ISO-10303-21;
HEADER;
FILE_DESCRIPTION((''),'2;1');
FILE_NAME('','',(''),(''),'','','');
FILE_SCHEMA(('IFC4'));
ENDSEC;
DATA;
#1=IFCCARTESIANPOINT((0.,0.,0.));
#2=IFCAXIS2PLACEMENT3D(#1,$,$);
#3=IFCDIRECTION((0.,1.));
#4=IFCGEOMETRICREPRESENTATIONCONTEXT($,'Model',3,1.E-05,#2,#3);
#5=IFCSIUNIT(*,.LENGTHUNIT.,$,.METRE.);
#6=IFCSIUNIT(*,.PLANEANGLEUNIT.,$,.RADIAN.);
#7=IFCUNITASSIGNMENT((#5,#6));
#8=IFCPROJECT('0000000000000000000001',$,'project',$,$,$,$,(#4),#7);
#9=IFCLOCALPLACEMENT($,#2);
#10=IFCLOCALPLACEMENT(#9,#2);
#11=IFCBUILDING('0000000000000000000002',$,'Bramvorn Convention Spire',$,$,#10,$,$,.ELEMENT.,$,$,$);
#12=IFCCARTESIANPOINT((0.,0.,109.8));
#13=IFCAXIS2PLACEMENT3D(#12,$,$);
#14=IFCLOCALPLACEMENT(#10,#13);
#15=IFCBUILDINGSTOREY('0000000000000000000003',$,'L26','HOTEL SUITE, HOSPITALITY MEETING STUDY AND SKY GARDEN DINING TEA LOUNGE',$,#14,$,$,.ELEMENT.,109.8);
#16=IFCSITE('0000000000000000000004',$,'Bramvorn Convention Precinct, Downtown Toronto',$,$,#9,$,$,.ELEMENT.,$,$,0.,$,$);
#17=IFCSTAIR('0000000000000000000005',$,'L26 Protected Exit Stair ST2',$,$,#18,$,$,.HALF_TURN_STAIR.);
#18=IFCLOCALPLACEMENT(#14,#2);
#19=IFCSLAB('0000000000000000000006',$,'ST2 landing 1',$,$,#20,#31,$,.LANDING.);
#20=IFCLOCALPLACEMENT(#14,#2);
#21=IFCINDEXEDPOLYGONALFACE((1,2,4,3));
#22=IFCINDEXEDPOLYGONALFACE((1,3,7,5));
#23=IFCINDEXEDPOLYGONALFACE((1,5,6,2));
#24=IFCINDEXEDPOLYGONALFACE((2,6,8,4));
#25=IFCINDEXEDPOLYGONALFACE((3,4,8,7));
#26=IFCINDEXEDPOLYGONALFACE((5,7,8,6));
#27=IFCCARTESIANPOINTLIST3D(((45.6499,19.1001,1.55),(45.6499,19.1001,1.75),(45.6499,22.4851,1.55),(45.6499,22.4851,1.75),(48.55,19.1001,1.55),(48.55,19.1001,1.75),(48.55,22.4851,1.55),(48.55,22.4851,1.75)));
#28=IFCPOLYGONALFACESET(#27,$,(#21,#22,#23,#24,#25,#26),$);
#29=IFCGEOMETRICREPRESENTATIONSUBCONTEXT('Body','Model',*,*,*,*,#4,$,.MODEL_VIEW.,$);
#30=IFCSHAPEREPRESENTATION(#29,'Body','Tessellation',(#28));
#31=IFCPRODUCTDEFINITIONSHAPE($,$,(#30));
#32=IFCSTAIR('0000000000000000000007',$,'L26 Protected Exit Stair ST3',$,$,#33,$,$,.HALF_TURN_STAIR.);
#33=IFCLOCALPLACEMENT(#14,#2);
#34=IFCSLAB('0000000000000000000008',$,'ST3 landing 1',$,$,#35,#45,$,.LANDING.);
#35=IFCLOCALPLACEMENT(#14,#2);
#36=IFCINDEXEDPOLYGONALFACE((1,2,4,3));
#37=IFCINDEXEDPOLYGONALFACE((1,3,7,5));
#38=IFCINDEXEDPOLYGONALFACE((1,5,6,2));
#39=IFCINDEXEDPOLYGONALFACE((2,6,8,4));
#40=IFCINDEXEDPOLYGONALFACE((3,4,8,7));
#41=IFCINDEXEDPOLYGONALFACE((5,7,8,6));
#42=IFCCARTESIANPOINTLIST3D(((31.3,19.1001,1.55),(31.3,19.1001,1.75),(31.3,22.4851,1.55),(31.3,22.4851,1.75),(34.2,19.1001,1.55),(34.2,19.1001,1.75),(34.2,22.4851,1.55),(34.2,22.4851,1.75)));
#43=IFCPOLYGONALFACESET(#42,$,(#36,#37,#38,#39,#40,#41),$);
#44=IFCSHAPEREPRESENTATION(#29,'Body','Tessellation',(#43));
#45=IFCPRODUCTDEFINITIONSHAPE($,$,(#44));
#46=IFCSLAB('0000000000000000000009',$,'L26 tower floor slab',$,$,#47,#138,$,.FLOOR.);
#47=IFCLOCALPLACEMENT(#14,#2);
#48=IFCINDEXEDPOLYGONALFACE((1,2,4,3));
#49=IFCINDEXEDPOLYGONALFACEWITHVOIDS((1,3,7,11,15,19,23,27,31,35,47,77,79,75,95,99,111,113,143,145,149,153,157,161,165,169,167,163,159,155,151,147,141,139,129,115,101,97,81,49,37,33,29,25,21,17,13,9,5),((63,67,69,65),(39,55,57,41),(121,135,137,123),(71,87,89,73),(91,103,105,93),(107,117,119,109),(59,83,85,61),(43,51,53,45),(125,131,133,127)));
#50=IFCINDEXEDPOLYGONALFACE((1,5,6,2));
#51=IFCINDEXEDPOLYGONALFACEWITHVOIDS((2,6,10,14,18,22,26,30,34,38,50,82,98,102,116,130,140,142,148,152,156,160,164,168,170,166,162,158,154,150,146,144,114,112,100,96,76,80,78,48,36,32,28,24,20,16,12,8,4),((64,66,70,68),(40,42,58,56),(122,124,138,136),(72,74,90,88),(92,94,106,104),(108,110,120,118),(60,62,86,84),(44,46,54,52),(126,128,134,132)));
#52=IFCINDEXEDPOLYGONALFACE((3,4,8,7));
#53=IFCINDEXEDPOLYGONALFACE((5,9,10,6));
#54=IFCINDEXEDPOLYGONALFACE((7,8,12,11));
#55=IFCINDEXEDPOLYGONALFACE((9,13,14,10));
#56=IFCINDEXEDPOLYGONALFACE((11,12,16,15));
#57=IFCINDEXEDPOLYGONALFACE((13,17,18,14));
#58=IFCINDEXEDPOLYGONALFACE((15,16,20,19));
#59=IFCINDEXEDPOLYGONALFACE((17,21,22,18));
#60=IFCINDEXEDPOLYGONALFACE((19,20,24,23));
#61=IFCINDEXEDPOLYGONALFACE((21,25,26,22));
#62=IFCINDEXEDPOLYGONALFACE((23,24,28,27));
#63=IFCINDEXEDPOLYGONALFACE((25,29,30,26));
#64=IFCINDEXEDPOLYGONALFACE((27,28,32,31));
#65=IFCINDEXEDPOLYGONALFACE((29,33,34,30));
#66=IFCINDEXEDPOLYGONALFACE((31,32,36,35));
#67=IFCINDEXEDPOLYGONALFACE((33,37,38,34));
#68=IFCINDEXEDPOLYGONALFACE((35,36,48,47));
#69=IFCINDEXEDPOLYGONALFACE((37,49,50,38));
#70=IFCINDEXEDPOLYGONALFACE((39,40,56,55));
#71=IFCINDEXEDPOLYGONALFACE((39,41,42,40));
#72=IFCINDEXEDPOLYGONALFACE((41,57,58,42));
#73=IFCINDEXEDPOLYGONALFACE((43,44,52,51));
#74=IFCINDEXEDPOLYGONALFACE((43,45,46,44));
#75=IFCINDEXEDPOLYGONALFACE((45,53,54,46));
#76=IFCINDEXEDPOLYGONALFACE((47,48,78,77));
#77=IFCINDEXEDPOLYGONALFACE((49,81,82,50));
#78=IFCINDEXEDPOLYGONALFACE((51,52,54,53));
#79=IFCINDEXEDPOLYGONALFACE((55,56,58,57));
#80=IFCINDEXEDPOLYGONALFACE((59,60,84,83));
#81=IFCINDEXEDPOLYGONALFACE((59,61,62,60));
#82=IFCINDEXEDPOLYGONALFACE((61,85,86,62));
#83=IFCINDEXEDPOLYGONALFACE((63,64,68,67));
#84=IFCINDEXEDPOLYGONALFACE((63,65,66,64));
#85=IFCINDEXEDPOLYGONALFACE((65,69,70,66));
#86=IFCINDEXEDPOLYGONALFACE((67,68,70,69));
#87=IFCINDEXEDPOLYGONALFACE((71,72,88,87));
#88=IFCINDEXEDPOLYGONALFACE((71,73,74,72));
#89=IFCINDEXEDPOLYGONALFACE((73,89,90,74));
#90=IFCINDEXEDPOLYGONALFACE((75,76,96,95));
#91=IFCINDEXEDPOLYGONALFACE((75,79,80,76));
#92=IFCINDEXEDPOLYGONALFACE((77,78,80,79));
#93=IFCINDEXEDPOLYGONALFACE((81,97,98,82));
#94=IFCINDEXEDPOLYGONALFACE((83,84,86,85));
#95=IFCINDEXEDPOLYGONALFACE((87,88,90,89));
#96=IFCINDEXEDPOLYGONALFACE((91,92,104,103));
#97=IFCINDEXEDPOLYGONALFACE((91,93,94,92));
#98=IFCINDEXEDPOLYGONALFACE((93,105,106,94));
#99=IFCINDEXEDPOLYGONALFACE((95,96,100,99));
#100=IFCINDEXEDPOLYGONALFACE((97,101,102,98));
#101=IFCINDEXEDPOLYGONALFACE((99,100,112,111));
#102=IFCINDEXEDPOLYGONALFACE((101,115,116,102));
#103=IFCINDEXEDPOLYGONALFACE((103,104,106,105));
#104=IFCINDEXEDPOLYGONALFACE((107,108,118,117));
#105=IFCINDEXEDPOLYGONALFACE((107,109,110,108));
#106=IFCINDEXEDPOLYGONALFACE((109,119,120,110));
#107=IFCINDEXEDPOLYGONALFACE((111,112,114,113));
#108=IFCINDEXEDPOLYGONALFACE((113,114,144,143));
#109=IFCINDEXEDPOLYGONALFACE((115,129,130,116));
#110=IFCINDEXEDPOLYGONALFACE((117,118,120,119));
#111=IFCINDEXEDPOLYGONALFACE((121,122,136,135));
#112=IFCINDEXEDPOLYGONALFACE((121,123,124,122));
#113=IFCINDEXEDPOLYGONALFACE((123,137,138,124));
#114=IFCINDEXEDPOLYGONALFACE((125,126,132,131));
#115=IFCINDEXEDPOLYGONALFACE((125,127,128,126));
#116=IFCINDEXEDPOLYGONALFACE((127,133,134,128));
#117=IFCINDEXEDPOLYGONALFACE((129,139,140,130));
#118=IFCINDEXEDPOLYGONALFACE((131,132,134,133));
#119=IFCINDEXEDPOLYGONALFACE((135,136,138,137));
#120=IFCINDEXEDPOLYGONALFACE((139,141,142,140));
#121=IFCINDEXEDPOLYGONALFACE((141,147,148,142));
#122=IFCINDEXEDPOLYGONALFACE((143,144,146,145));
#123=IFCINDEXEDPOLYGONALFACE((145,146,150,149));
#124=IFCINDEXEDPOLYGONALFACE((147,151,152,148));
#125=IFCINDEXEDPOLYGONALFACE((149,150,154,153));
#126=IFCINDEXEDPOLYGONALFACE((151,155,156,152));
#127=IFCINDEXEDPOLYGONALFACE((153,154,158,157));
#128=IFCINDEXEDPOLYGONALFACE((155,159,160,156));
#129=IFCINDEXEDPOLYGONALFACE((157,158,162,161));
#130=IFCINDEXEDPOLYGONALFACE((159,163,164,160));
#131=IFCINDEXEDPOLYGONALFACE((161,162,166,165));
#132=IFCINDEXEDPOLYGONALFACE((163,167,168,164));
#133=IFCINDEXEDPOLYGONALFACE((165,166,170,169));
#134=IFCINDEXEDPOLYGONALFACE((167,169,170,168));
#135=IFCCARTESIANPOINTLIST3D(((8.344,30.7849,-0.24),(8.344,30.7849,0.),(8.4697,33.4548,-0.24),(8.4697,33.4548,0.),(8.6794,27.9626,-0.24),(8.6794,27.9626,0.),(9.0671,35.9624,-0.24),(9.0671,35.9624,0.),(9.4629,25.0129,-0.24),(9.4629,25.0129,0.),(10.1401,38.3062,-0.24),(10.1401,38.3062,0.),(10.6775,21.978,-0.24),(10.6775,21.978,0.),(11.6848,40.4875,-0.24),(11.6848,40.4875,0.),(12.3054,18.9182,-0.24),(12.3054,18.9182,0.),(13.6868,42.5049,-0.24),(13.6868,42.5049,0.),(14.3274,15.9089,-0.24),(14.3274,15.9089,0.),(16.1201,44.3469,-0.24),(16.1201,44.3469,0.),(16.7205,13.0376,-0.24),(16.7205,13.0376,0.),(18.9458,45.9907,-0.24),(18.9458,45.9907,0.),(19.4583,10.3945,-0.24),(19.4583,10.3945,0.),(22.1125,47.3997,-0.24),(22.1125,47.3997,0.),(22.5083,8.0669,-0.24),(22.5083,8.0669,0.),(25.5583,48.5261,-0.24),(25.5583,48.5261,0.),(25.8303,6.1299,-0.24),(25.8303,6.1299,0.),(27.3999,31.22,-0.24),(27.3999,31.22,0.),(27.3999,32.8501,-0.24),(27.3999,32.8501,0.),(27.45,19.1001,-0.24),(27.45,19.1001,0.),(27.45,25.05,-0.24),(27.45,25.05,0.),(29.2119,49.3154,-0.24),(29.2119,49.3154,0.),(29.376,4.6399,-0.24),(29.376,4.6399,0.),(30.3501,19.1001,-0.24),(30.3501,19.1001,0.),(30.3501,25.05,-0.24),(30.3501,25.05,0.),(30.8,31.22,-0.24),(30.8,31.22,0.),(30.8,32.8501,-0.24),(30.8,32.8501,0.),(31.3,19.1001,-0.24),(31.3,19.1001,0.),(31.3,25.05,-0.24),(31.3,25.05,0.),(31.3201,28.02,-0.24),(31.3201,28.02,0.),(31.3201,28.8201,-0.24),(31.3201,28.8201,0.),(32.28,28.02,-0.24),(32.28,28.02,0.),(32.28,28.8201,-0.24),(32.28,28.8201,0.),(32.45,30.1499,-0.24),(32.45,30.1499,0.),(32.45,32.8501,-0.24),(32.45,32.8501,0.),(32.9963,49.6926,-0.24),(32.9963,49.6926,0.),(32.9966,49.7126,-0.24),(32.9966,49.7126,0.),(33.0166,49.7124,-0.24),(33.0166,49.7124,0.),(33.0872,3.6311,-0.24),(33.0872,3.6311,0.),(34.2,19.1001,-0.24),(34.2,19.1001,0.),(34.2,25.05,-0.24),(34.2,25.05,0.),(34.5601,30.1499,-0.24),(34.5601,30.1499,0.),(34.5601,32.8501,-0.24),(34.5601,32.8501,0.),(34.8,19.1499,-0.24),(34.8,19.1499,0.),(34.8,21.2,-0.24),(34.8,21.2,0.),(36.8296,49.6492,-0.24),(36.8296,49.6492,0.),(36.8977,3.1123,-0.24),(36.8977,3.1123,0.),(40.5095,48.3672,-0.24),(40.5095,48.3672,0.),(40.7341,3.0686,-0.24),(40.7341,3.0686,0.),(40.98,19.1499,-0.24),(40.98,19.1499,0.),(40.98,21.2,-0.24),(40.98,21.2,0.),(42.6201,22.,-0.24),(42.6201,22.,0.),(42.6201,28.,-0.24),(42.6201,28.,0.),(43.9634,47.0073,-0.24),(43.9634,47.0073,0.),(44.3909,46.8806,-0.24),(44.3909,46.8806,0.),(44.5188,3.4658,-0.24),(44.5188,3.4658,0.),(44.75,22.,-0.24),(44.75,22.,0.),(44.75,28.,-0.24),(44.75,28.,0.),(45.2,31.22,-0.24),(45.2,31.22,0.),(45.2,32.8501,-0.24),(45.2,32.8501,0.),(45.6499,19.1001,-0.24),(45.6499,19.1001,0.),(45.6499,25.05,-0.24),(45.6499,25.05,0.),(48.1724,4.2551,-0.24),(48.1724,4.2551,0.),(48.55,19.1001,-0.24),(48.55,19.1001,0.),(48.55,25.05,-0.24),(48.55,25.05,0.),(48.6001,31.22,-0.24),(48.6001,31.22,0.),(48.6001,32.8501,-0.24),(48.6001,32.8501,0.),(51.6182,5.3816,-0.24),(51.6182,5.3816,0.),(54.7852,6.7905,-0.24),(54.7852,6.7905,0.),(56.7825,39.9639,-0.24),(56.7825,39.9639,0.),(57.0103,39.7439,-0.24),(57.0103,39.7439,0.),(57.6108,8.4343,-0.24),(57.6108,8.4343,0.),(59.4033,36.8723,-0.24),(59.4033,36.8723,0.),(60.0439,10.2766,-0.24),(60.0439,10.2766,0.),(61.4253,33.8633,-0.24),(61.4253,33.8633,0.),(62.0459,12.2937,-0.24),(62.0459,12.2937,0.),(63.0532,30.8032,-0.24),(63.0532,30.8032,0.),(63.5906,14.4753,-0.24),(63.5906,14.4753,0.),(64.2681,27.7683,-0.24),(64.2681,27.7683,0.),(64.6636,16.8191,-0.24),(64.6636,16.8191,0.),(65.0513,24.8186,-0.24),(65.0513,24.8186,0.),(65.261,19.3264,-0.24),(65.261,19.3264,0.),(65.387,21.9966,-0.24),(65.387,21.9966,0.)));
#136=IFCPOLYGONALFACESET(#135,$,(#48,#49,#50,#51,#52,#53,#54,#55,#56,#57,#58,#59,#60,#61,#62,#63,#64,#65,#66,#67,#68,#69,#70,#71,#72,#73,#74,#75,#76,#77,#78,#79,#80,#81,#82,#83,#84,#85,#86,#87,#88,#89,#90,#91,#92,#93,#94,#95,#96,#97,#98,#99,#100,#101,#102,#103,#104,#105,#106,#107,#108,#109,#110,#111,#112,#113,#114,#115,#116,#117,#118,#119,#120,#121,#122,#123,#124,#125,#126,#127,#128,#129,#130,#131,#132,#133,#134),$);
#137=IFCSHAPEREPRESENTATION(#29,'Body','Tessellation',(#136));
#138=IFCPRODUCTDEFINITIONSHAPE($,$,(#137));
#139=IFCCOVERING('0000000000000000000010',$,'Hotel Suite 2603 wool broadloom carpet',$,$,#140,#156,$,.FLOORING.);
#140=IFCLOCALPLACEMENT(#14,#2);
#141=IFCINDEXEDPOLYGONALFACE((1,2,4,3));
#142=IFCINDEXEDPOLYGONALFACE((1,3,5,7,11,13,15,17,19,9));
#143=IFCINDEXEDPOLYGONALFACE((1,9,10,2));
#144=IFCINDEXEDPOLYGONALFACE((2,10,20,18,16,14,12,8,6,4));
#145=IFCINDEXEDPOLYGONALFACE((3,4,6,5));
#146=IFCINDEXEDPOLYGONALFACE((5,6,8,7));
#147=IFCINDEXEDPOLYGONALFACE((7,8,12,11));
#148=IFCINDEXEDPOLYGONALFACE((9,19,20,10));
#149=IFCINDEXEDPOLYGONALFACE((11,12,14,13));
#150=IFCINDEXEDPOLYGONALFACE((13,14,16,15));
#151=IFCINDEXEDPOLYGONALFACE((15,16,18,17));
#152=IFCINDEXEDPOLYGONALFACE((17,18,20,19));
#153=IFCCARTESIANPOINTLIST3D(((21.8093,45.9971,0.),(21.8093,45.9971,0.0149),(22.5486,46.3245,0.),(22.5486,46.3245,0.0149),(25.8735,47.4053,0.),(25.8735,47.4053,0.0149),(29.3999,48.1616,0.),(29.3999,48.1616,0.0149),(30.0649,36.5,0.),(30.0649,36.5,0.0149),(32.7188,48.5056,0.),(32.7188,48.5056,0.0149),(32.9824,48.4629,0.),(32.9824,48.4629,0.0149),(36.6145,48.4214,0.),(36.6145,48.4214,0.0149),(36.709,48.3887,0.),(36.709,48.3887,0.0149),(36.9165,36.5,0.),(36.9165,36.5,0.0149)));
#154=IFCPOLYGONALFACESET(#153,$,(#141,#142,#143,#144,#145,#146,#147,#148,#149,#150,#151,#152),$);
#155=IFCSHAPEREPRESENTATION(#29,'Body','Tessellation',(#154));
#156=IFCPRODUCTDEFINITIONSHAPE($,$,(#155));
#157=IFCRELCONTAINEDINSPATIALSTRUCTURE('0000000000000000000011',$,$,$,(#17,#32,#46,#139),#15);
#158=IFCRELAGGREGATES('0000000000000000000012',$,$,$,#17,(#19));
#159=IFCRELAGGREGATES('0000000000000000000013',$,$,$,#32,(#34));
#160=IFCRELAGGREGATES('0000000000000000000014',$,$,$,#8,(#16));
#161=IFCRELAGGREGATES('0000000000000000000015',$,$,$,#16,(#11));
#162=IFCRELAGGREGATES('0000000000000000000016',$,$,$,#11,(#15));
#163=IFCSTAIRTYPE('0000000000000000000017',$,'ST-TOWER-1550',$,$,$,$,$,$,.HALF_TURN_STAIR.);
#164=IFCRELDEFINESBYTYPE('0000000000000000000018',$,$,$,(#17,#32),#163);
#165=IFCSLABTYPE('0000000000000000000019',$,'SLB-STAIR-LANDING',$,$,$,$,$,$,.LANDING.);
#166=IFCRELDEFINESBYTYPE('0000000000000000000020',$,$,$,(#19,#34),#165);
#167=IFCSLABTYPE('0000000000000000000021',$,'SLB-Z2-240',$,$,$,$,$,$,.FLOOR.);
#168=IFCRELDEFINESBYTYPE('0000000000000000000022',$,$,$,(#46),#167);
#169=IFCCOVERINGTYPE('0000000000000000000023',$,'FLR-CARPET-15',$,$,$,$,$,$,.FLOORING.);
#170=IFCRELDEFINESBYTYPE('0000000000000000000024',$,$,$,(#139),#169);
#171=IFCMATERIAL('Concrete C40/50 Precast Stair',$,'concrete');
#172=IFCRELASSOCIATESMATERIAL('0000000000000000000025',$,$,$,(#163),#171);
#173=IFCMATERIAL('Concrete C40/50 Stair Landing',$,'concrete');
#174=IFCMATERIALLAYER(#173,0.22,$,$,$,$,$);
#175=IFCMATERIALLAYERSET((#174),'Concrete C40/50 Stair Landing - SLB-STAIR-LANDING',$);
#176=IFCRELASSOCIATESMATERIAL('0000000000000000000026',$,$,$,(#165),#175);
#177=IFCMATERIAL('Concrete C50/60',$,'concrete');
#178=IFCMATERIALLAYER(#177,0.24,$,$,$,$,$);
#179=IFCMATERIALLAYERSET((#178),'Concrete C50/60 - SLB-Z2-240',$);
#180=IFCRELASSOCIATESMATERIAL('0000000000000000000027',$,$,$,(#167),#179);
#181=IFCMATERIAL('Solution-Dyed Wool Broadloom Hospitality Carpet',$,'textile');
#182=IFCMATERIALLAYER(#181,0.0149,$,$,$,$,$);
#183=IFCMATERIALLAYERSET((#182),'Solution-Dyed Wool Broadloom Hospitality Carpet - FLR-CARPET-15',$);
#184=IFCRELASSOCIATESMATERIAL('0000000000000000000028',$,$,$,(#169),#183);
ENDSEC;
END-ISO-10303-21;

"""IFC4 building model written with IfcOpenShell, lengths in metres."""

from ifc_helpers import new_model, si_unit, direction, frame, origin, place, context, subcontext, project, spatial, polyline, outline, extrude, material, layer, layer_set, type_object, element, aggregate, save


model = new_model("IFC4")

# Units and contexts
model_context = context("Model", 3, precision=1e-05, world=origin(), true_north=direction((0.0, 1.0)))
body_context = subcontext(model_context, "Body", "Model", "MODEL_VIEW")
ifc_project = project(units=[si_unit("LENGTHUNIT", "METRE"), si_unit("PLANEANGLEUNIT", "RADIAN")], contexts=[model_context])

# Site, building, storey
site_placement = place(None, origin())
site = spatial("IfcSite", under=ifc_project, at=site_placement, Name="Bramvorn Convention Precinct, Downtown Toronto", CompositionType="ELEMENT", RefElevation=0.0)
building_placement = place(site_placement, origin())
building = spatial("IfcBuilding", under=site, at=building_placement, Name="Bramvorn Convention Spire", CompositionType="ELEMENT")
storey_placement = place(building_placement, frame((0.0, 0.0, 109.8)))
storey = spatial("IfcBuildingStorey", under=building, at=storey_placement, Name="L26", Description="HOTEL SUITE, HOSPITALITY MEETING STUDY AND SKY GARDEN DINING TEA LOUNGE", CompositionType="ELEMENT", Elevation=109.8)

# Stairs, slabs
ifc_material_1 = material(Name="Concrete C40/50 Precast Stair", Category="concrete")
stair_type = type_object("IfcStairType", Name="ST-TOWER-1550", PredefinedType="HALF_TURN_STAIR", material=ifc_material_1)
ifc_material_2 = material(Name="Concrete C40/50 Stair Landing", Category="concrete")
ifc_layer_1 = layer(ifc_material_2, 0.22)
ifc_layer_set_1 = layer_set([ifc_layer_1], Name="Concrete C40/50 Stair Landing - SLB-STAIR-LANDING")
slab_type_1 = type_object("IfcSlabType", Name="SLB-STAIR-LANDING", PredefinedType="LANDING", material=ifc_layer_set_1)
stair_1_placement = place(storey_placement, origin())
stair_1 = element("IfcStair", 1, at=stair_1_placement, inside=storey, type_object=stair_type, Name="L26 Protected Exit Stair ST2", PredefinedType="HALF_TURN_STAIR")
slab_1_placement = place(storey_placement, frame((0.0, 0.0, 1.55)))
slab_1 = element("IfcSlab", 2, at=slab_1_placement, type_object=slab_type_1, Name="ST2 landing 1", PredefinedType="LANDING", context=body_context, shape_type="SweptSolid", body=[
    extrude(outline(polyline([(45.6499, 22.4851), (45.6499, 19.1001), (48.55, 19.1001), (48.55, 22.4851), (45.6499, 22.4851)])), origin(), (0.0, 0.0, 1.0), 0.2),
])
aggregate(stair_1, [slab_1])
stair_2_placement = place(storey_placement, origin())
stair_2 = element("IfcStair", 3, at=stair_2_placement, inside=storey, type_object=stair_type, Name="L26 Protected Exit Stair ST3", PredefinedType="HALF_TURN_STAIR")
slab_2_placement = place(storey_placement, frame((0.0, 0.0, 1.55)))
slab_2 = element("IfcSlab", 4, at=slab_2_placement, type_object=slab_type_1, Name="ST3 landing 1", PredefinedType="LANDING", context=body_context, shape_type="SweptSolid", body=[
    extrude(outline(polyline([(31.3, 22.4851), (31.3, 19.1001), (34.2, 19.1001), (34.2, 22.4851), (31.3, 22.4851)])), origin(), (0.0, 0.0, 1.0), 0.2),
])
aggregate(stair_2, [slab_2])

# Slab
ifc_material_3 = material(Name="Concrete C50/60", Category="concrete")
ifc_layer_2 = layer(ifc_material_3, 0.24)
ifc_layer_set_2 = layer_set([ifc_layer_2], Name="Concrete C50/60 - SLB-Z2-240")
slab_type_2 = type_object("IfcSlabType", Name="SLB-Z2-240", PredefinedType="FLOOR", material=ifc_layer_set_2)
slab_3_placement = place(storey_placement, frame((0.0, 0.0, -0.24)))
element("IfcSlab", 5, at=slab_3_placement, inside=storey, type_object=slab_type_2, Name="L26 tower floor slab", PredefinedType="FLOOR", context=body_context, shape_type="SweptSolid", body=[
    extrude(outline(polyline([(63.5906, 14.4753), (62.0459, 12.2937), (60.0439, 10.2766), (57.6108, 8.4343), (54.7852, 6.7905), (51.6182, 5.3816), (48.1724, 4.2551), (44.5188, 3.4658), (40.7341, 3.0686), (36.8977, 3.1123), (33.0872, 3.6311), (29.376, 4.6399), (25.8303, 6.1299), (22.5083, 8.0669), (19.4583, 10.3945), (16.7205, 13.0376), (14.3274, 15.9089), (12.3054, 18.9182), (10.6775, 21.978), (9.4629, 25.0129), (8.6794, 27.9626), (8.344, 30.7849), (8.4697, 33.4548), (9.0671, 35.9624), (10.1401, 38.3062), (11.6848, 40.4875), (13.6868, 42.5049), (16.1201, 44.3469), (18.9458, 45.9907), (22.1125, 47.3997), (25.5583, 48.5261), (29.2119, 49.3154), (32.9966, 49.7126), (33.0166, 49.7124), (32.9963, 49.6926), (36.8296, 49.6492), (40.5095, 48.3672), (43.9634, 47.0073), (44.3909, 46.8806), (56.7825, 39.9639), (57.0103, 39.7439), (59.4033, 36.8723), (61.4253, 33.8633), (63.0532, 30.8032), (64.2681, 27.7683), (65.0513, 24.8186), (65.387, 21.9966), (65.261, 19.3264), (64.6636, 16.8191), (63.5906, 14.4753)]), holes=[polyline([(27.45, 25.05), (27.45, 19.1001), (30.3501, 19.1001), (30.3501, 25.05), (27.45, 25.05)]), polyline([(45.6499, 25.05), (45.6499, 19.1001), (48.55, 19.1001), (48.55, 25.05), (45.6499, 25.05)]), polyline([(31.3, 25.05), (31.3, 19.1001), (34.2, 19.1001), (34.2, 25.05), (31.3, 25.05)]), polyline([(27.3999, 31.22), (30.8, 31.22), (30.8, 32.8501), (27.3999, 32.8501), (27.3999, 31.22)]), polyline([(45.2, 31.22), (48.6001, 31.22), (48.6001, 32.8501), (45.2, 32.8501), (45.2, 31.22)]), polyline([(32.45, 30.1499), (34.5601, 30.1499), (34.5601, 32.8501), (32.45, 32.8501), (32.45, 30.1499)]), polyline([(34.8, 19.1499), (40.98, 19.1499), (40.98, 21.2), (34.8, 21.2), (34.8, 19.1499)]), polyline([(42.6201, 22.0), (44.75, 22.0), (44.75, 28.0), (42.6201, 28.0), (42.6201, 22.0)]), polyline([(31.3201, 28.02), (32.28, 28.02), (32.28, 28.8201), (31.3201, 28.8201), (31.3201, 28.02)])]), origin(), (0.0, 0.0, 1.0), 0.24),
])

# Covering
ifc_material_4 = material(Name="Solution-Dyed Wool Broadloom Hospitality Carpet", Category="textile")
ifc_layer_3 = layer(ifc_material_4, 0.0149)
ifc_layer_set_3 = layer_set([ifc_layer_3], Name="Solution-Dyed Wool Broadloom Hospitality Carpet - FLR-CARPET-15")
covering_type = type_object("IfcCoveringType", Name="FLR-CARPET-15", PredefinedType="FLOORING", material=ifc_layer_set_3)
covering_1_placement = place(storey_placement, origin())
element("IfcCovering", 6, at=covering_1_placement, inside=storey, type_object=covering_type, Name="Hotel Suite 2603 wool broadloom carpet", PredefinedType="FLOORING", context=body_context, shape_type="SweptSolid", body=[
    extrude(outline(polyline([(22.5486, 46.3245), (21.8093, 45.9971), (30.0649, 36.5), (36.9165, 36.5), (36.709, 48.3887), (36.6145, 48.4214), (32.9824, 48.4629), (32.7188, 48.5056), (29.3999, 48.1616), (25.8735, 47.4053), (22.5486, 46.3245)])), origin(), (0.0, 0.0, 1.0), 0.0149),
])

save(model, "model.ifc")
